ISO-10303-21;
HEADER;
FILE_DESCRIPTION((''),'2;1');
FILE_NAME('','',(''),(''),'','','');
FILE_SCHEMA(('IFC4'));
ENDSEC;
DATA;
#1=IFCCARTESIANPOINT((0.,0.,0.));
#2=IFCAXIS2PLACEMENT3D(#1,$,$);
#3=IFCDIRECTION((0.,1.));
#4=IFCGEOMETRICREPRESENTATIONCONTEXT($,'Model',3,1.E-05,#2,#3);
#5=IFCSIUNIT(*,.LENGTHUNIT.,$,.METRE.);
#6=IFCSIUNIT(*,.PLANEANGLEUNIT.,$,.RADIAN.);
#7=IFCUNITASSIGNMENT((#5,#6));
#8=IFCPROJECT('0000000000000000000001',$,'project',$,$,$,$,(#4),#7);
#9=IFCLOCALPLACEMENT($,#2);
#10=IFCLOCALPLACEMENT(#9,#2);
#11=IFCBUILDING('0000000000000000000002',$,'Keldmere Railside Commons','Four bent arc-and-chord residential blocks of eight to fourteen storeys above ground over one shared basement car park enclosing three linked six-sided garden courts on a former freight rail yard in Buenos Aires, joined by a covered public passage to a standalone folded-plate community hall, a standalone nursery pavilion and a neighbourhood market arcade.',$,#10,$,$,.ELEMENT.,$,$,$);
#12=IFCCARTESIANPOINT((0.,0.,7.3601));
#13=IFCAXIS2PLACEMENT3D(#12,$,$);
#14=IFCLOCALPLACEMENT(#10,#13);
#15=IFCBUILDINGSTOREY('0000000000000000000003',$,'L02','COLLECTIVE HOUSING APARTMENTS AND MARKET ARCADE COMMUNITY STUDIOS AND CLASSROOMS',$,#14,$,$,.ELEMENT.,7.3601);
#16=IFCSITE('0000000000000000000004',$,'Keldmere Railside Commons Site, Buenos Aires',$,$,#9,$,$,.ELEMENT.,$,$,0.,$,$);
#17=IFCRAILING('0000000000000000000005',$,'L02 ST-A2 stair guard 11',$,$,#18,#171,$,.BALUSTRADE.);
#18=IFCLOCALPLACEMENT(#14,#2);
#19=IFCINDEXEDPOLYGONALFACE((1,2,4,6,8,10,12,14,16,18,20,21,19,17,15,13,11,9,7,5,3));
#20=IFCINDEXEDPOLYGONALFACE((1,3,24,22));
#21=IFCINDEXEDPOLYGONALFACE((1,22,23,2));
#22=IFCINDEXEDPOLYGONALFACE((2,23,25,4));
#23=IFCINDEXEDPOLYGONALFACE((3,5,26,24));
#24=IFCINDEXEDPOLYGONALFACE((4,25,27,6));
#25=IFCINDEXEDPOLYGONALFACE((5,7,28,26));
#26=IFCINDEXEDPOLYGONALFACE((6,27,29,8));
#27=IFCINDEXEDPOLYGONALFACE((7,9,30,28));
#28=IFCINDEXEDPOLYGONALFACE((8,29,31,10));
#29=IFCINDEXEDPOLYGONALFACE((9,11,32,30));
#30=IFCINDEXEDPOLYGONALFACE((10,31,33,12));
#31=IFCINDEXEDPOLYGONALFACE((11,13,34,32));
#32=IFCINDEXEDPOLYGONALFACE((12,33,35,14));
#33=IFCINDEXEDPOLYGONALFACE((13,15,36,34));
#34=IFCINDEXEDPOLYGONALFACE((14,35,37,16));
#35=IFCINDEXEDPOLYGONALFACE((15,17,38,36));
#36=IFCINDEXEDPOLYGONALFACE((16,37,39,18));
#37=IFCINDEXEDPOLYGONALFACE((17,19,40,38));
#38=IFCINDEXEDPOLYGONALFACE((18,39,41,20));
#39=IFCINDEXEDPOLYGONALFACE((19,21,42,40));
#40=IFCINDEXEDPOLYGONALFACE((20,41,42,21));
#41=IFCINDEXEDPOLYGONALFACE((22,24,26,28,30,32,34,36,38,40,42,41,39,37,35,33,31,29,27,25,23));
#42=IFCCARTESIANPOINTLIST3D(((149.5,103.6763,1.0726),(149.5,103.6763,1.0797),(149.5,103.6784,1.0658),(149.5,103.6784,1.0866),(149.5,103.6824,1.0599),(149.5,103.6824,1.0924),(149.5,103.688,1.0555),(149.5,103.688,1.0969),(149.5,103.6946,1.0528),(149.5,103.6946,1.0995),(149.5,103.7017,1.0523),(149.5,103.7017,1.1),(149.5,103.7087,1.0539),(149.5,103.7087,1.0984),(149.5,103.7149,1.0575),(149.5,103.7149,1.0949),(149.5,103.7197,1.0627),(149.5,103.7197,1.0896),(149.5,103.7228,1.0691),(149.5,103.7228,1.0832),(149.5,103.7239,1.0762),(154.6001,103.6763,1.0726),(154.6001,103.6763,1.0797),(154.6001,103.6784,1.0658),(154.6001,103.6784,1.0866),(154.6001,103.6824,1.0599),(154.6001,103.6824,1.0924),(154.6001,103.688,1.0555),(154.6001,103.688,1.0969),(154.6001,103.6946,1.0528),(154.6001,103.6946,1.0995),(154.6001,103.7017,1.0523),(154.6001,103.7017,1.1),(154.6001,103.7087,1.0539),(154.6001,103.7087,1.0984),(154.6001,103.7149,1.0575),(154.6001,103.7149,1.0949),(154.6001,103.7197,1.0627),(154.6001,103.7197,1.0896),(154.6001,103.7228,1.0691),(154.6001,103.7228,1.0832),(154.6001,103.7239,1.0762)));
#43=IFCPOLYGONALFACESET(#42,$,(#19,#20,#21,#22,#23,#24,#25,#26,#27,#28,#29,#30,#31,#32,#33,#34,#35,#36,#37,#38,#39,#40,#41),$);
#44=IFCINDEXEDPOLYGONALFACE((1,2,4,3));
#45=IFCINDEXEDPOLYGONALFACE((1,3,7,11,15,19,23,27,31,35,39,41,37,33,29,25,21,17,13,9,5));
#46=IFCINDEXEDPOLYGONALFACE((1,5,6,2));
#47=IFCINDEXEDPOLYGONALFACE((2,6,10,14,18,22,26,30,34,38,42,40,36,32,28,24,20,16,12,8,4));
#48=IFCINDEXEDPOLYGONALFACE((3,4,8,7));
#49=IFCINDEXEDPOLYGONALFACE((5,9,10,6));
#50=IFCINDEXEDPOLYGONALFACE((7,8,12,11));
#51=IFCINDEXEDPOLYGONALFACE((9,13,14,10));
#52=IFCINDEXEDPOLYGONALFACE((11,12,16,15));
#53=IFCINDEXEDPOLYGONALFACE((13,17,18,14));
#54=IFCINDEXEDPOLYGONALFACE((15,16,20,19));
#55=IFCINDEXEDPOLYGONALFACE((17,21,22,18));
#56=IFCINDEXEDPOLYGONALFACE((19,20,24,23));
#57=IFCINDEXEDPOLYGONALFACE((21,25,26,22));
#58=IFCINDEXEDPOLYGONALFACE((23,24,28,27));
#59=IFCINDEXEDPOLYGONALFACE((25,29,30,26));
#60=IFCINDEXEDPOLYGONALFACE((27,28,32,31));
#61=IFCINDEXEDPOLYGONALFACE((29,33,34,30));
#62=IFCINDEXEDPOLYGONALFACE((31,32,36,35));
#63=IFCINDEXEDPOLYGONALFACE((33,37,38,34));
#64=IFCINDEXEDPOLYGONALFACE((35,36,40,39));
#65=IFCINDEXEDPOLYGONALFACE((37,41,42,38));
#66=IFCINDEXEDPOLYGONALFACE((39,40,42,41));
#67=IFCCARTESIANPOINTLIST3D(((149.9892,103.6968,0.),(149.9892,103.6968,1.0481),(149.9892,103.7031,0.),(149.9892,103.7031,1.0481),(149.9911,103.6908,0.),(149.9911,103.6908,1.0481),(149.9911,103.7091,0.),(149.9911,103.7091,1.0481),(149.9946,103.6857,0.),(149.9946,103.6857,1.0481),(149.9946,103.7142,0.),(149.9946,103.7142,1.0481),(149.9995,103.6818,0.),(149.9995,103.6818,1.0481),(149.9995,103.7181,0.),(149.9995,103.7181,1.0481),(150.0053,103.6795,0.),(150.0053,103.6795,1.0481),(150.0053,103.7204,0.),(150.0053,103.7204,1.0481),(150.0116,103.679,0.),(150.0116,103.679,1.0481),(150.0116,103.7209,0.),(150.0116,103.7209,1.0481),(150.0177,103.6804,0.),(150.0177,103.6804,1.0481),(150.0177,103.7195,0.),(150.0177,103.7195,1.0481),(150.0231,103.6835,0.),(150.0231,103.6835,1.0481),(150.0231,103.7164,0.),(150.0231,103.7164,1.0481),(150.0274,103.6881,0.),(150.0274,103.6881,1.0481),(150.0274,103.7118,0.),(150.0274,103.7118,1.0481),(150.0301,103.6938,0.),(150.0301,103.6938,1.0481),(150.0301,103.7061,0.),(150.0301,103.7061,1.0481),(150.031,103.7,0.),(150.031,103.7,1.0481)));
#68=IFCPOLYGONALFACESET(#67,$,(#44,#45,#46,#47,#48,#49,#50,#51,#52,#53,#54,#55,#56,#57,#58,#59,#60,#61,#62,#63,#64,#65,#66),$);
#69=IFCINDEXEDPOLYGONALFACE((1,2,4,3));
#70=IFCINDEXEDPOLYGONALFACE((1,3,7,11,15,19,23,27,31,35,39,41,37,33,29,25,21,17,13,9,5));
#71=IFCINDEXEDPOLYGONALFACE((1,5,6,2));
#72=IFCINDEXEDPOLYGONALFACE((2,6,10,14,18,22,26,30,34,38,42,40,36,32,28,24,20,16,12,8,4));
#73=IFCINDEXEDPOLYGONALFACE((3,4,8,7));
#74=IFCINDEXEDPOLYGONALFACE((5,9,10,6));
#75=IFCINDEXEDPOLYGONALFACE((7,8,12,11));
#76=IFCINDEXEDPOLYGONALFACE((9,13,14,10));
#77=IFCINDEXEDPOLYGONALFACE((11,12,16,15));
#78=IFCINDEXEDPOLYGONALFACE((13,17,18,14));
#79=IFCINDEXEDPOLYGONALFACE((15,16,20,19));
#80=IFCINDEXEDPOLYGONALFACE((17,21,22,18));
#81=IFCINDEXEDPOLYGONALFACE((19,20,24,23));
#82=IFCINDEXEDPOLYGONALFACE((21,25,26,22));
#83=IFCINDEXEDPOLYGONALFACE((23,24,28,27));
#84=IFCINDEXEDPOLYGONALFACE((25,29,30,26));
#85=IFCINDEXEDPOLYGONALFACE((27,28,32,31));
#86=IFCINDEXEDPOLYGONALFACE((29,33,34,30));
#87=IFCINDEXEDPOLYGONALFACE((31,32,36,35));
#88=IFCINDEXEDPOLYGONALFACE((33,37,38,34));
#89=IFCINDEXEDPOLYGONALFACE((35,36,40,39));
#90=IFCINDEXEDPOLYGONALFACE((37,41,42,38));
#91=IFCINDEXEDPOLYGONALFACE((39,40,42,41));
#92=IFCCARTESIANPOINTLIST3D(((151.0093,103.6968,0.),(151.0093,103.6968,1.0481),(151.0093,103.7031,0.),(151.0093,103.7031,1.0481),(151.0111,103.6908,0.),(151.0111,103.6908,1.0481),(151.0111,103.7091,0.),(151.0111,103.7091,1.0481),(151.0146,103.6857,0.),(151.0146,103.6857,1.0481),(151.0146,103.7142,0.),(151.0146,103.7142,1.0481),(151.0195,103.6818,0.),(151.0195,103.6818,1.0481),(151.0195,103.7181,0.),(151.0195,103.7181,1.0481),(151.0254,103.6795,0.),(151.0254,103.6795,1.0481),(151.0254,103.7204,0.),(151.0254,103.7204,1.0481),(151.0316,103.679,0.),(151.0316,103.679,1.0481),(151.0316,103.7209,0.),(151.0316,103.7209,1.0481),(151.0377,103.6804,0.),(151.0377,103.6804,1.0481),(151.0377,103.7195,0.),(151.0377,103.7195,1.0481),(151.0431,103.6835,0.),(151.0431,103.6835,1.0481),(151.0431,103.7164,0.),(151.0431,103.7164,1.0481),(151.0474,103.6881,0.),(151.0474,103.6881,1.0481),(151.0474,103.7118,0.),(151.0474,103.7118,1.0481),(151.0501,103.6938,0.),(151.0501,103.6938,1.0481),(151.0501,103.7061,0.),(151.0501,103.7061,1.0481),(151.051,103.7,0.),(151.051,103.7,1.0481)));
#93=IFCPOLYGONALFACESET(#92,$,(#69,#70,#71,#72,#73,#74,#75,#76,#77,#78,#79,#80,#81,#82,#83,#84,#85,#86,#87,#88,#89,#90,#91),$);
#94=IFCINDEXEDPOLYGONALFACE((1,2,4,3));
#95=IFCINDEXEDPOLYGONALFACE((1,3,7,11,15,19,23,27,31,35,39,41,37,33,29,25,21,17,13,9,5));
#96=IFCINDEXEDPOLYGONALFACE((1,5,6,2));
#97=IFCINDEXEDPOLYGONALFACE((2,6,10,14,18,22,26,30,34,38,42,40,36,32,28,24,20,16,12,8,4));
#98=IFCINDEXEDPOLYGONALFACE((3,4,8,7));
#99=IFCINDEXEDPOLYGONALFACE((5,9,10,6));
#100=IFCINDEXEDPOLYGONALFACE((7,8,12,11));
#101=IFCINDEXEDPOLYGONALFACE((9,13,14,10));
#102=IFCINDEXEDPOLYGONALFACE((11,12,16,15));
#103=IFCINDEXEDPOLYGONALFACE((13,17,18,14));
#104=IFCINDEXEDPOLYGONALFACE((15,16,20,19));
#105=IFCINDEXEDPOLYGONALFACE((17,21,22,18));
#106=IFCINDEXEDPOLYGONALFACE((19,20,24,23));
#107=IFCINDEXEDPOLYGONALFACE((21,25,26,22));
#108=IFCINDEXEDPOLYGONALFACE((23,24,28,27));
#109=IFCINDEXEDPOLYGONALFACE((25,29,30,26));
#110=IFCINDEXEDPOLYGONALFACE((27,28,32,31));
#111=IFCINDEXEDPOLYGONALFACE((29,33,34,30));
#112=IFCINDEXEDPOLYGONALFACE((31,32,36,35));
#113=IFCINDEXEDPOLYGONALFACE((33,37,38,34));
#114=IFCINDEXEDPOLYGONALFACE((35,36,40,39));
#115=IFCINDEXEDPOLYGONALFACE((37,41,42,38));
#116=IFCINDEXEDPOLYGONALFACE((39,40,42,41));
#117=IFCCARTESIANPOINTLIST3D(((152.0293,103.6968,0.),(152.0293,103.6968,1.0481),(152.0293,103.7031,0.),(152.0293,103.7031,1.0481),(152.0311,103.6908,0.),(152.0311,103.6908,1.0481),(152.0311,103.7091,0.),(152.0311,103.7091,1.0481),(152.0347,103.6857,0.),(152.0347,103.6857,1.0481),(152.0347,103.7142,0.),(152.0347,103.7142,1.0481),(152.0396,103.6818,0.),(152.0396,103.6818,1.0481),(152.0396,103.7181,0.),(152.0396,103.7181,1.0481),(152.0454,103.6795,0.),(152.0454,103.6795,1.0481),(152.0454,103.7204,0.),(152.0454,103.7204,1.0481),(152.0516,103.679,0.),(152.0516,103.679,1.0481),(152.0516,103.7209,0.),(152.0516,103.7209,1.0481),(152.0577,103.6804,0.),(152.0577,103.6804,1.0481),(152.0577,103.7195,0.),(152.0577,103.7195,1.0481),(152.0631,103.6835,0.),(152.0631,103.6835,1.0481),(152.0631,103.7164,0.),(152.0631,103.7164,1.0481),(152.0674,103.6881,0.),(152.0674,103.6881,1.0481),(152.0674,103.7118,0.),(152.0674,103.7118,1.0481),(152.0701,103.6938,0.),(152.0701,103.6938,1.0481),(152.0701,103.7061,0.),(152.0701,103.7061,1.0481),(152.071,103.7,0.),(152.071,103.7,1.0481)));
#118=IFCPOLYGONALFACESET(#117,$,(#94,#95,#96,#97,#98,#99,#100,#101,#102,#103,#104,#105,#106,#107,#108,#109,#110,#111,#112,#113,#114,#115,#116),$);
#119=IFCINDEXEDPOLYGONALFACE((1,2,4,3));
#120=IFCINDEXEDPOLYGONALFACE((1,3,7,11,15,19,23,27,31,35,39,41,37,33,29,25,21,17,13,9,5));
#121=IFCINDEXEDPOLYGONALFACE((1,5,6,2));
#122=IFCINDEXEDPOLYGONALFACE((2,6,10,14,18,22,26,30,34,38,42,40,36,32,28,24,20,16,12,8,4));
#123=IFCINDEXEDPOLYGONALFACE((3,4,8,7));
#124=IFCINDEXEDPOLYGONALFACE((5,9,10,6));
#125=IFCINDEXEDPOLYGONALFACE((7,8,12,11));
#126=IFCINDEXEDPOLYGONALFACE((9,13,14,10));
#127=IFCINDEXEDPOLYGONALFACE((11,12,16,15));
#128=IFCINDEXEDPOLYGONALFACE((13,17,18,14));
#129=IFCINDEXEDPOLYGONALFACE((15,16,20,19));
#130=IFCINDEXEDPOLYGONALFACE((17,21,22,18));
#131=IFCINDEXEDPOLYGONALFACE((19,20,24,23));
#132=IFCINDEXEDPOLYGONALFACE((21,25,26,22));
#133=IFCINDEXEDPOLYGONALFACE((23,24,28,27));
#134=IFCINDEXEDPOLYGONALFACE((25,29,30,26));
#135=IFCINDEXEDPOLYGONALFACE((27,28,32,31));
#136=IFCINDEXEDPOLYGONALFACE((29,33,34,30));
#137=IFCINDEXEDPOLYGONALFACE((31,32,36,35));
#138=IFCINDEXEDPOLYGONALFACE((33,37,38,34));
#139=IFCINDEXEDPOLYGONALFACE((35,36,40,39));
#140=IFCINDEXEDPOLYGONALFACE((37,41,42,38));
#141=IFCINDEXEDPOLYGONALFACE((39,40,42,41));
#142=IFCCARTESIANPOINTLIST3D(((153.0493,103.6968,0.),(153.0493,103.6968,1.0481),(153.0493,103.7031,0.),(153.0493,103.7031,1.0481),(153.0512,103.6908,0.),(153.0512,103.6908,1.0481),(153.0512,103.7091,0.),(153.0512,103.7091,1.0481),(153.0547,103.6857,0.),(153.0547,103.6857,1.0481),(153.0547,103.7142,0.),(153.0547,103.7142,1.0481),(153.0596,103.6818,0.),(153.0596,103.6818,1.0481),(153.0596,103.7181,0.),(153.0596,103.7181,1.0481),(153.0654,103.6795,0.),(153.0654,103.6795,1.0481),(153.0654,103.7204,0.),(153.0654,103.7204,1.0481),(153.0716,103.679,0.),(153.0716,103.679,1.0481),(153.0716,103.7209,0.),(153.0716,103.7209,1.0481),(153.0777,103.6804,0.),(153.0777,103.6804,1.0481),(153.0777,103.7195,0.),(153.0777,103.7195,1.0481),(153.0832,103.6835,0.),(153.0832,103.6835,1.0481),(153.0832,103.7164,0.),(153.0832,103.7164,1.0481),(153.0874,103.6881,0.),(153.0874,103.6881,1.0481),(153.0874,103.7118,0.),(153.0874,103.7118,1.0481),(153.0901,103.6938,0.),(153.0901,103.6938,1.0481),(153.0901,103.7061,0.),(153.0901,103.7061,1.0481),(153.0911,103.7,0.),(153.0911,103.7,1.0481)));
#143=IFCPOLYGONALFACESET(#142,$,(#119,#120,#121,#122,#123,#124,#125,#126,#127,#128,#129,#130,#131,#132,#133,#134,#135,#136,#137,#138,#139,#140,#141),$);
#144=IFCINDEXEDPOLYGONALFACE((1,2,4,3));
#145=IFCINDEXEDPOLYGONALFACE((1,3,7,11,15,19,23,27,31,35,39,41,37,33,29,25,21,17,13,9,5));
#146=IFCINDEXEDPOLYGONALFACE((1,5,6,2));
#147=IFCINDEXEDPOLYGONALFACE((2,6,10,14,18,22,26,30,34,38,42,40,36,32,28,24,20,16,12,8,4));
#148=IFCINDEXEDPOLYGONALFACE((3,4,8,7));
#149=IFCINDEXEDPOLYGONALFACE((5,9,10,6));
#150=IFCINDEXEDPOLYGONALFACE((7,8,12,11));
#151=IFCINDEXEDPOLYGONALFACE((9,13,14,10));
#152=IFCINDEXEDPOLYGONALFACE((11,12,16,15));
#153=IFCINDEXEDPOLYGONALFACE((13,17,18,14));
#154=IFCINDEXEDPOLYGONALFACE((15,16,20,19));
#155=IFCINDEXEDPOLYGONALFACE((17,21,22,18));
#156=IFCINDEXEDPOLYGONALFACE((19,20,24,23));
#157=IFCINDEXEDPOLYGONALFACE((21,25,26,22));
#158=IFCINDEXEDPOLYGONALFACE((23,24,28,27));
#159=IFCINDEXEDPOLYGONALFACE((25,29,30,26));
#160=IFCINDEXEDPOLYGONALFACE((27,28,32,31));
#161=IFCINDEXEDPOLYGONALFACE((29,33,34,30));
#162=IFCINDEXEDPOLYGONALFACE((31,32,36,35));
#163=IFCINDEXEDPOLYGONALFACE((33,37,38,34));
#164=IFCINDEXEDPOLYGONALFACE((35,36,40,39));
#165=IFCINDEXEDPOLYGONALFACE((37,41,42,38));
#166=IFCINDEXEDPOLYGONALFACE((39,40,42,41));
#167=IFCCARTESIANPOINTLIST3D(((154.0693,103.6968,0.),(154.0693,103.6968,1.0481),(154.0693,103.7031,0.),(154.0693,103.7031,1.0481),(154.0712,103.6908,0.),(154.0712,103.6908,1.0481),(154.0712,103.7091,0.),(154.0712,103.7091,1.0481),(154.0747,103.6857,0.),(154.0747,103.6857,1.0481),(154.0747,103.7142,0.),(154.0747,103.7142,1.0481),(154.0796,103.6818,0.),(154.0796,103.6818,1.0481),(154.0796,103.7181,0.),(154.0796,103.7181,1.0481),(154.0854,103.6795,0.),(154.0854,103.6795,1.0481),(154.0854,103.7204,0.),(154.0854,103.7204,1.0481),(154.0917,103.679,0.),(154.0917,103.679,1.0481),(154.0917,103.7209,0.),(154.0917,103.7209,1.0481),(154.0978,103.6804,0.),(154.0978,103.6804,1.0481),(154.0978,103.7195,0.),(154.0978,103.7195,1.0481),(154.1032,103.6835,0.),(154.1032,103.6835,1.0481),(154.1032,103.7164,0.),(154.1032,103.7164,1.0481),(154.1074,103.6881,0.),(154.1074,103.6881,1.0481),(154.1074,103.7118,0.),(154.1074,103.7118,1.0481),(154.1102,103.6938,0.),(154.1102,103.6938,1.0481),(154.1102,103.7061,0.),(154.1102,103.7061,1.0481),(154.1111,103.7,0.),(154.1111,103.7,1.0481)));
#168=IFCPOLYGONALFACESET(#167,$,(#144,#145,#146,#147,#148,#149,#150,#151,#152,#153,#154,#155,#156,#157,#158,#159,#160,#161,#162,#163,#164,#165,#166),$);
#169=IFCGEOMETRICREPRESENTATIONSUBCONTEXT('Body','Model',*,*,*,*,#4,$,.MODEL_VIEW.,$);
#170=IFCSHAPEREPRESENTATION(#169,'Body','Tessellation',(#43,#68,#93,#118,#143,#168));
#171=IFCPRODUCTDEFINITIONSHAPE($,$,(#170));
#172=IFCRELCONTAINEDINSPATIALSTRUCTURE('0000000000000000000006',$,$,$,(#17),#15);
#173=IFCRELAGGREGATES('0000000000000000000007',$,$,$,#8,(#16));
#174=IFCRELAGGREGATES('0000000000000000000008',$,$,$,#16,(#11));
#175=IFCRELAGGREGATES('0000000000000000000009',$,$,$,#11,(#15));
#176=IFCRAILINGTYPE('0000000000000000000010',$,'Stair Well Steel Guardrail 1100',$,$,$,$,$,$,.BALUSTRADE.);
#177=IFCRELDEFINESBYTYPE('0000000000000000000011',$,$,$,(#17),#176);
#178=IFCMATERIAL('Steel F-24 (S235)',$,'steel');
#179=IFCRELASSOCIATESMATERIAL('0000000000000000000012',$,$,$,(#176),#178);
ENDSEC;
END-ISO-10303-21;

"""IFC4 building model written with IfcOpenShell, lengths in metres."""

from ifc_helpers import new_model, si_unit, direction, frame, origin, origin_2d, place, context, subcontext, project, spatial, circle, extrude, material, type_object, element, save


model = new_model("IFC4")

# Units and contexts
model_context = context("Model", 3, precision=1e-05, world=origin(), true_north=direction((0.0, 1.0)))
body_context = subcontext(model_context, "Body", "Model", "MODEL_VIEW")
ifc_project = project(units=[si_unit("LENGTHUNIT", "METRE"), si_unit("PLANEANGLEUNIT", "RADIAN")], contexts=[model_context])

# Site, building, storey
site_placement = place(None, origin())
site = spatial("IfcSite", under=ifc_project, at=site_placement, Name="Keldmere Railside Commons Site, Buenos Aires", CompositionType="ELEMENT", RefElevation=0.0)
building_placement = place(site_placement, origin())
building = spatial("IfcBuilding", under=site, at=building_placement, Name="Keldmere Railside Commons", Description="Four bent arc-and-chord residential blocks of eight to fourteen storeys above ground over one shared basement car park enclosing three linked six-sided garden courts on a former freight rail yard in Buenos Aires, joined by a covered public passage to a standalone folded-plate community hall, a standalone nursery pavilion and a neighbourhood market arcade.", CompositionType="ELEMENT")
storey_placement = place(building_placement, frame((0.0, 0.0, 7.3601)))
storey = spatial("IfcBuildingStorey", under=building, at=storey_placement, Name="L02", Description="COLLECTIVE HOUSING APARTMENTS AND MARKET ARCADE COMMUNITY STUDIOS AND CLASSROOMS", CompositionType="ELEMENT", Elevation=7.3601)

# Shared definitions
ifc_material_1 = material(Name="Steel F-24 (S235)", Category="steel")

# Railing
railing_type_1 = type_object("IfcRailingType", Name="Stair Well Steel Guardrail 1100", PredefinedType="BALUSTRADE", material=ifc_material_1)
railing_1_placement = place(storey_placement, frame((149.5, 103.7, 0.0)))
element("IfcRailing", 1, at=railing_1_placement, inside=storey, type_object=railing_type_1, Name="L02 ST-A2 stair guard 11", PredefinedType="BALUSTRADE", context=body_context, shape_type="SweptSolid", body=[
    extrude(circle(Radius=0.0239, at=origin_2d()), frame((0.0, 0.0, 1.0762), z_axis=(1.0, 0.0, 0.0), x_axis=(0.0, 1.0, 0.0)), (0.0, 0.0, 1.0), 5.1001),
    extrude(circle(Radius=0.021, at=origin_2d()), frame((0.51, 0.0, 0.0)), (0.0, 0.0, 1.0), 1.0481),
    extrude(circle(Radius=0.021, at=origin_2d()), frame((1.53, 0.0, 0.0)), (0.0, 0.0, 1.0), 1.0481),
    extrude(circle(Radius=0.021, at=origin_2d()), frame((2.55, 0.0, 0.0)), (0.0, 0.0, 1.0), 1.0481),
    extrude(circle(Radius=0.021, at=origin_2d()), frame((3.5701, 0.0, 0.0)), (0.0, 0.0, 1.0), 1.0481),
    extrude(circle(Radius=0.021, at=origin_2d()), frame((4.5901, 0.0, 0.0)), (0.0, 0.0, 1.0), 1.0481),
])

save(model, "model.ifc")
